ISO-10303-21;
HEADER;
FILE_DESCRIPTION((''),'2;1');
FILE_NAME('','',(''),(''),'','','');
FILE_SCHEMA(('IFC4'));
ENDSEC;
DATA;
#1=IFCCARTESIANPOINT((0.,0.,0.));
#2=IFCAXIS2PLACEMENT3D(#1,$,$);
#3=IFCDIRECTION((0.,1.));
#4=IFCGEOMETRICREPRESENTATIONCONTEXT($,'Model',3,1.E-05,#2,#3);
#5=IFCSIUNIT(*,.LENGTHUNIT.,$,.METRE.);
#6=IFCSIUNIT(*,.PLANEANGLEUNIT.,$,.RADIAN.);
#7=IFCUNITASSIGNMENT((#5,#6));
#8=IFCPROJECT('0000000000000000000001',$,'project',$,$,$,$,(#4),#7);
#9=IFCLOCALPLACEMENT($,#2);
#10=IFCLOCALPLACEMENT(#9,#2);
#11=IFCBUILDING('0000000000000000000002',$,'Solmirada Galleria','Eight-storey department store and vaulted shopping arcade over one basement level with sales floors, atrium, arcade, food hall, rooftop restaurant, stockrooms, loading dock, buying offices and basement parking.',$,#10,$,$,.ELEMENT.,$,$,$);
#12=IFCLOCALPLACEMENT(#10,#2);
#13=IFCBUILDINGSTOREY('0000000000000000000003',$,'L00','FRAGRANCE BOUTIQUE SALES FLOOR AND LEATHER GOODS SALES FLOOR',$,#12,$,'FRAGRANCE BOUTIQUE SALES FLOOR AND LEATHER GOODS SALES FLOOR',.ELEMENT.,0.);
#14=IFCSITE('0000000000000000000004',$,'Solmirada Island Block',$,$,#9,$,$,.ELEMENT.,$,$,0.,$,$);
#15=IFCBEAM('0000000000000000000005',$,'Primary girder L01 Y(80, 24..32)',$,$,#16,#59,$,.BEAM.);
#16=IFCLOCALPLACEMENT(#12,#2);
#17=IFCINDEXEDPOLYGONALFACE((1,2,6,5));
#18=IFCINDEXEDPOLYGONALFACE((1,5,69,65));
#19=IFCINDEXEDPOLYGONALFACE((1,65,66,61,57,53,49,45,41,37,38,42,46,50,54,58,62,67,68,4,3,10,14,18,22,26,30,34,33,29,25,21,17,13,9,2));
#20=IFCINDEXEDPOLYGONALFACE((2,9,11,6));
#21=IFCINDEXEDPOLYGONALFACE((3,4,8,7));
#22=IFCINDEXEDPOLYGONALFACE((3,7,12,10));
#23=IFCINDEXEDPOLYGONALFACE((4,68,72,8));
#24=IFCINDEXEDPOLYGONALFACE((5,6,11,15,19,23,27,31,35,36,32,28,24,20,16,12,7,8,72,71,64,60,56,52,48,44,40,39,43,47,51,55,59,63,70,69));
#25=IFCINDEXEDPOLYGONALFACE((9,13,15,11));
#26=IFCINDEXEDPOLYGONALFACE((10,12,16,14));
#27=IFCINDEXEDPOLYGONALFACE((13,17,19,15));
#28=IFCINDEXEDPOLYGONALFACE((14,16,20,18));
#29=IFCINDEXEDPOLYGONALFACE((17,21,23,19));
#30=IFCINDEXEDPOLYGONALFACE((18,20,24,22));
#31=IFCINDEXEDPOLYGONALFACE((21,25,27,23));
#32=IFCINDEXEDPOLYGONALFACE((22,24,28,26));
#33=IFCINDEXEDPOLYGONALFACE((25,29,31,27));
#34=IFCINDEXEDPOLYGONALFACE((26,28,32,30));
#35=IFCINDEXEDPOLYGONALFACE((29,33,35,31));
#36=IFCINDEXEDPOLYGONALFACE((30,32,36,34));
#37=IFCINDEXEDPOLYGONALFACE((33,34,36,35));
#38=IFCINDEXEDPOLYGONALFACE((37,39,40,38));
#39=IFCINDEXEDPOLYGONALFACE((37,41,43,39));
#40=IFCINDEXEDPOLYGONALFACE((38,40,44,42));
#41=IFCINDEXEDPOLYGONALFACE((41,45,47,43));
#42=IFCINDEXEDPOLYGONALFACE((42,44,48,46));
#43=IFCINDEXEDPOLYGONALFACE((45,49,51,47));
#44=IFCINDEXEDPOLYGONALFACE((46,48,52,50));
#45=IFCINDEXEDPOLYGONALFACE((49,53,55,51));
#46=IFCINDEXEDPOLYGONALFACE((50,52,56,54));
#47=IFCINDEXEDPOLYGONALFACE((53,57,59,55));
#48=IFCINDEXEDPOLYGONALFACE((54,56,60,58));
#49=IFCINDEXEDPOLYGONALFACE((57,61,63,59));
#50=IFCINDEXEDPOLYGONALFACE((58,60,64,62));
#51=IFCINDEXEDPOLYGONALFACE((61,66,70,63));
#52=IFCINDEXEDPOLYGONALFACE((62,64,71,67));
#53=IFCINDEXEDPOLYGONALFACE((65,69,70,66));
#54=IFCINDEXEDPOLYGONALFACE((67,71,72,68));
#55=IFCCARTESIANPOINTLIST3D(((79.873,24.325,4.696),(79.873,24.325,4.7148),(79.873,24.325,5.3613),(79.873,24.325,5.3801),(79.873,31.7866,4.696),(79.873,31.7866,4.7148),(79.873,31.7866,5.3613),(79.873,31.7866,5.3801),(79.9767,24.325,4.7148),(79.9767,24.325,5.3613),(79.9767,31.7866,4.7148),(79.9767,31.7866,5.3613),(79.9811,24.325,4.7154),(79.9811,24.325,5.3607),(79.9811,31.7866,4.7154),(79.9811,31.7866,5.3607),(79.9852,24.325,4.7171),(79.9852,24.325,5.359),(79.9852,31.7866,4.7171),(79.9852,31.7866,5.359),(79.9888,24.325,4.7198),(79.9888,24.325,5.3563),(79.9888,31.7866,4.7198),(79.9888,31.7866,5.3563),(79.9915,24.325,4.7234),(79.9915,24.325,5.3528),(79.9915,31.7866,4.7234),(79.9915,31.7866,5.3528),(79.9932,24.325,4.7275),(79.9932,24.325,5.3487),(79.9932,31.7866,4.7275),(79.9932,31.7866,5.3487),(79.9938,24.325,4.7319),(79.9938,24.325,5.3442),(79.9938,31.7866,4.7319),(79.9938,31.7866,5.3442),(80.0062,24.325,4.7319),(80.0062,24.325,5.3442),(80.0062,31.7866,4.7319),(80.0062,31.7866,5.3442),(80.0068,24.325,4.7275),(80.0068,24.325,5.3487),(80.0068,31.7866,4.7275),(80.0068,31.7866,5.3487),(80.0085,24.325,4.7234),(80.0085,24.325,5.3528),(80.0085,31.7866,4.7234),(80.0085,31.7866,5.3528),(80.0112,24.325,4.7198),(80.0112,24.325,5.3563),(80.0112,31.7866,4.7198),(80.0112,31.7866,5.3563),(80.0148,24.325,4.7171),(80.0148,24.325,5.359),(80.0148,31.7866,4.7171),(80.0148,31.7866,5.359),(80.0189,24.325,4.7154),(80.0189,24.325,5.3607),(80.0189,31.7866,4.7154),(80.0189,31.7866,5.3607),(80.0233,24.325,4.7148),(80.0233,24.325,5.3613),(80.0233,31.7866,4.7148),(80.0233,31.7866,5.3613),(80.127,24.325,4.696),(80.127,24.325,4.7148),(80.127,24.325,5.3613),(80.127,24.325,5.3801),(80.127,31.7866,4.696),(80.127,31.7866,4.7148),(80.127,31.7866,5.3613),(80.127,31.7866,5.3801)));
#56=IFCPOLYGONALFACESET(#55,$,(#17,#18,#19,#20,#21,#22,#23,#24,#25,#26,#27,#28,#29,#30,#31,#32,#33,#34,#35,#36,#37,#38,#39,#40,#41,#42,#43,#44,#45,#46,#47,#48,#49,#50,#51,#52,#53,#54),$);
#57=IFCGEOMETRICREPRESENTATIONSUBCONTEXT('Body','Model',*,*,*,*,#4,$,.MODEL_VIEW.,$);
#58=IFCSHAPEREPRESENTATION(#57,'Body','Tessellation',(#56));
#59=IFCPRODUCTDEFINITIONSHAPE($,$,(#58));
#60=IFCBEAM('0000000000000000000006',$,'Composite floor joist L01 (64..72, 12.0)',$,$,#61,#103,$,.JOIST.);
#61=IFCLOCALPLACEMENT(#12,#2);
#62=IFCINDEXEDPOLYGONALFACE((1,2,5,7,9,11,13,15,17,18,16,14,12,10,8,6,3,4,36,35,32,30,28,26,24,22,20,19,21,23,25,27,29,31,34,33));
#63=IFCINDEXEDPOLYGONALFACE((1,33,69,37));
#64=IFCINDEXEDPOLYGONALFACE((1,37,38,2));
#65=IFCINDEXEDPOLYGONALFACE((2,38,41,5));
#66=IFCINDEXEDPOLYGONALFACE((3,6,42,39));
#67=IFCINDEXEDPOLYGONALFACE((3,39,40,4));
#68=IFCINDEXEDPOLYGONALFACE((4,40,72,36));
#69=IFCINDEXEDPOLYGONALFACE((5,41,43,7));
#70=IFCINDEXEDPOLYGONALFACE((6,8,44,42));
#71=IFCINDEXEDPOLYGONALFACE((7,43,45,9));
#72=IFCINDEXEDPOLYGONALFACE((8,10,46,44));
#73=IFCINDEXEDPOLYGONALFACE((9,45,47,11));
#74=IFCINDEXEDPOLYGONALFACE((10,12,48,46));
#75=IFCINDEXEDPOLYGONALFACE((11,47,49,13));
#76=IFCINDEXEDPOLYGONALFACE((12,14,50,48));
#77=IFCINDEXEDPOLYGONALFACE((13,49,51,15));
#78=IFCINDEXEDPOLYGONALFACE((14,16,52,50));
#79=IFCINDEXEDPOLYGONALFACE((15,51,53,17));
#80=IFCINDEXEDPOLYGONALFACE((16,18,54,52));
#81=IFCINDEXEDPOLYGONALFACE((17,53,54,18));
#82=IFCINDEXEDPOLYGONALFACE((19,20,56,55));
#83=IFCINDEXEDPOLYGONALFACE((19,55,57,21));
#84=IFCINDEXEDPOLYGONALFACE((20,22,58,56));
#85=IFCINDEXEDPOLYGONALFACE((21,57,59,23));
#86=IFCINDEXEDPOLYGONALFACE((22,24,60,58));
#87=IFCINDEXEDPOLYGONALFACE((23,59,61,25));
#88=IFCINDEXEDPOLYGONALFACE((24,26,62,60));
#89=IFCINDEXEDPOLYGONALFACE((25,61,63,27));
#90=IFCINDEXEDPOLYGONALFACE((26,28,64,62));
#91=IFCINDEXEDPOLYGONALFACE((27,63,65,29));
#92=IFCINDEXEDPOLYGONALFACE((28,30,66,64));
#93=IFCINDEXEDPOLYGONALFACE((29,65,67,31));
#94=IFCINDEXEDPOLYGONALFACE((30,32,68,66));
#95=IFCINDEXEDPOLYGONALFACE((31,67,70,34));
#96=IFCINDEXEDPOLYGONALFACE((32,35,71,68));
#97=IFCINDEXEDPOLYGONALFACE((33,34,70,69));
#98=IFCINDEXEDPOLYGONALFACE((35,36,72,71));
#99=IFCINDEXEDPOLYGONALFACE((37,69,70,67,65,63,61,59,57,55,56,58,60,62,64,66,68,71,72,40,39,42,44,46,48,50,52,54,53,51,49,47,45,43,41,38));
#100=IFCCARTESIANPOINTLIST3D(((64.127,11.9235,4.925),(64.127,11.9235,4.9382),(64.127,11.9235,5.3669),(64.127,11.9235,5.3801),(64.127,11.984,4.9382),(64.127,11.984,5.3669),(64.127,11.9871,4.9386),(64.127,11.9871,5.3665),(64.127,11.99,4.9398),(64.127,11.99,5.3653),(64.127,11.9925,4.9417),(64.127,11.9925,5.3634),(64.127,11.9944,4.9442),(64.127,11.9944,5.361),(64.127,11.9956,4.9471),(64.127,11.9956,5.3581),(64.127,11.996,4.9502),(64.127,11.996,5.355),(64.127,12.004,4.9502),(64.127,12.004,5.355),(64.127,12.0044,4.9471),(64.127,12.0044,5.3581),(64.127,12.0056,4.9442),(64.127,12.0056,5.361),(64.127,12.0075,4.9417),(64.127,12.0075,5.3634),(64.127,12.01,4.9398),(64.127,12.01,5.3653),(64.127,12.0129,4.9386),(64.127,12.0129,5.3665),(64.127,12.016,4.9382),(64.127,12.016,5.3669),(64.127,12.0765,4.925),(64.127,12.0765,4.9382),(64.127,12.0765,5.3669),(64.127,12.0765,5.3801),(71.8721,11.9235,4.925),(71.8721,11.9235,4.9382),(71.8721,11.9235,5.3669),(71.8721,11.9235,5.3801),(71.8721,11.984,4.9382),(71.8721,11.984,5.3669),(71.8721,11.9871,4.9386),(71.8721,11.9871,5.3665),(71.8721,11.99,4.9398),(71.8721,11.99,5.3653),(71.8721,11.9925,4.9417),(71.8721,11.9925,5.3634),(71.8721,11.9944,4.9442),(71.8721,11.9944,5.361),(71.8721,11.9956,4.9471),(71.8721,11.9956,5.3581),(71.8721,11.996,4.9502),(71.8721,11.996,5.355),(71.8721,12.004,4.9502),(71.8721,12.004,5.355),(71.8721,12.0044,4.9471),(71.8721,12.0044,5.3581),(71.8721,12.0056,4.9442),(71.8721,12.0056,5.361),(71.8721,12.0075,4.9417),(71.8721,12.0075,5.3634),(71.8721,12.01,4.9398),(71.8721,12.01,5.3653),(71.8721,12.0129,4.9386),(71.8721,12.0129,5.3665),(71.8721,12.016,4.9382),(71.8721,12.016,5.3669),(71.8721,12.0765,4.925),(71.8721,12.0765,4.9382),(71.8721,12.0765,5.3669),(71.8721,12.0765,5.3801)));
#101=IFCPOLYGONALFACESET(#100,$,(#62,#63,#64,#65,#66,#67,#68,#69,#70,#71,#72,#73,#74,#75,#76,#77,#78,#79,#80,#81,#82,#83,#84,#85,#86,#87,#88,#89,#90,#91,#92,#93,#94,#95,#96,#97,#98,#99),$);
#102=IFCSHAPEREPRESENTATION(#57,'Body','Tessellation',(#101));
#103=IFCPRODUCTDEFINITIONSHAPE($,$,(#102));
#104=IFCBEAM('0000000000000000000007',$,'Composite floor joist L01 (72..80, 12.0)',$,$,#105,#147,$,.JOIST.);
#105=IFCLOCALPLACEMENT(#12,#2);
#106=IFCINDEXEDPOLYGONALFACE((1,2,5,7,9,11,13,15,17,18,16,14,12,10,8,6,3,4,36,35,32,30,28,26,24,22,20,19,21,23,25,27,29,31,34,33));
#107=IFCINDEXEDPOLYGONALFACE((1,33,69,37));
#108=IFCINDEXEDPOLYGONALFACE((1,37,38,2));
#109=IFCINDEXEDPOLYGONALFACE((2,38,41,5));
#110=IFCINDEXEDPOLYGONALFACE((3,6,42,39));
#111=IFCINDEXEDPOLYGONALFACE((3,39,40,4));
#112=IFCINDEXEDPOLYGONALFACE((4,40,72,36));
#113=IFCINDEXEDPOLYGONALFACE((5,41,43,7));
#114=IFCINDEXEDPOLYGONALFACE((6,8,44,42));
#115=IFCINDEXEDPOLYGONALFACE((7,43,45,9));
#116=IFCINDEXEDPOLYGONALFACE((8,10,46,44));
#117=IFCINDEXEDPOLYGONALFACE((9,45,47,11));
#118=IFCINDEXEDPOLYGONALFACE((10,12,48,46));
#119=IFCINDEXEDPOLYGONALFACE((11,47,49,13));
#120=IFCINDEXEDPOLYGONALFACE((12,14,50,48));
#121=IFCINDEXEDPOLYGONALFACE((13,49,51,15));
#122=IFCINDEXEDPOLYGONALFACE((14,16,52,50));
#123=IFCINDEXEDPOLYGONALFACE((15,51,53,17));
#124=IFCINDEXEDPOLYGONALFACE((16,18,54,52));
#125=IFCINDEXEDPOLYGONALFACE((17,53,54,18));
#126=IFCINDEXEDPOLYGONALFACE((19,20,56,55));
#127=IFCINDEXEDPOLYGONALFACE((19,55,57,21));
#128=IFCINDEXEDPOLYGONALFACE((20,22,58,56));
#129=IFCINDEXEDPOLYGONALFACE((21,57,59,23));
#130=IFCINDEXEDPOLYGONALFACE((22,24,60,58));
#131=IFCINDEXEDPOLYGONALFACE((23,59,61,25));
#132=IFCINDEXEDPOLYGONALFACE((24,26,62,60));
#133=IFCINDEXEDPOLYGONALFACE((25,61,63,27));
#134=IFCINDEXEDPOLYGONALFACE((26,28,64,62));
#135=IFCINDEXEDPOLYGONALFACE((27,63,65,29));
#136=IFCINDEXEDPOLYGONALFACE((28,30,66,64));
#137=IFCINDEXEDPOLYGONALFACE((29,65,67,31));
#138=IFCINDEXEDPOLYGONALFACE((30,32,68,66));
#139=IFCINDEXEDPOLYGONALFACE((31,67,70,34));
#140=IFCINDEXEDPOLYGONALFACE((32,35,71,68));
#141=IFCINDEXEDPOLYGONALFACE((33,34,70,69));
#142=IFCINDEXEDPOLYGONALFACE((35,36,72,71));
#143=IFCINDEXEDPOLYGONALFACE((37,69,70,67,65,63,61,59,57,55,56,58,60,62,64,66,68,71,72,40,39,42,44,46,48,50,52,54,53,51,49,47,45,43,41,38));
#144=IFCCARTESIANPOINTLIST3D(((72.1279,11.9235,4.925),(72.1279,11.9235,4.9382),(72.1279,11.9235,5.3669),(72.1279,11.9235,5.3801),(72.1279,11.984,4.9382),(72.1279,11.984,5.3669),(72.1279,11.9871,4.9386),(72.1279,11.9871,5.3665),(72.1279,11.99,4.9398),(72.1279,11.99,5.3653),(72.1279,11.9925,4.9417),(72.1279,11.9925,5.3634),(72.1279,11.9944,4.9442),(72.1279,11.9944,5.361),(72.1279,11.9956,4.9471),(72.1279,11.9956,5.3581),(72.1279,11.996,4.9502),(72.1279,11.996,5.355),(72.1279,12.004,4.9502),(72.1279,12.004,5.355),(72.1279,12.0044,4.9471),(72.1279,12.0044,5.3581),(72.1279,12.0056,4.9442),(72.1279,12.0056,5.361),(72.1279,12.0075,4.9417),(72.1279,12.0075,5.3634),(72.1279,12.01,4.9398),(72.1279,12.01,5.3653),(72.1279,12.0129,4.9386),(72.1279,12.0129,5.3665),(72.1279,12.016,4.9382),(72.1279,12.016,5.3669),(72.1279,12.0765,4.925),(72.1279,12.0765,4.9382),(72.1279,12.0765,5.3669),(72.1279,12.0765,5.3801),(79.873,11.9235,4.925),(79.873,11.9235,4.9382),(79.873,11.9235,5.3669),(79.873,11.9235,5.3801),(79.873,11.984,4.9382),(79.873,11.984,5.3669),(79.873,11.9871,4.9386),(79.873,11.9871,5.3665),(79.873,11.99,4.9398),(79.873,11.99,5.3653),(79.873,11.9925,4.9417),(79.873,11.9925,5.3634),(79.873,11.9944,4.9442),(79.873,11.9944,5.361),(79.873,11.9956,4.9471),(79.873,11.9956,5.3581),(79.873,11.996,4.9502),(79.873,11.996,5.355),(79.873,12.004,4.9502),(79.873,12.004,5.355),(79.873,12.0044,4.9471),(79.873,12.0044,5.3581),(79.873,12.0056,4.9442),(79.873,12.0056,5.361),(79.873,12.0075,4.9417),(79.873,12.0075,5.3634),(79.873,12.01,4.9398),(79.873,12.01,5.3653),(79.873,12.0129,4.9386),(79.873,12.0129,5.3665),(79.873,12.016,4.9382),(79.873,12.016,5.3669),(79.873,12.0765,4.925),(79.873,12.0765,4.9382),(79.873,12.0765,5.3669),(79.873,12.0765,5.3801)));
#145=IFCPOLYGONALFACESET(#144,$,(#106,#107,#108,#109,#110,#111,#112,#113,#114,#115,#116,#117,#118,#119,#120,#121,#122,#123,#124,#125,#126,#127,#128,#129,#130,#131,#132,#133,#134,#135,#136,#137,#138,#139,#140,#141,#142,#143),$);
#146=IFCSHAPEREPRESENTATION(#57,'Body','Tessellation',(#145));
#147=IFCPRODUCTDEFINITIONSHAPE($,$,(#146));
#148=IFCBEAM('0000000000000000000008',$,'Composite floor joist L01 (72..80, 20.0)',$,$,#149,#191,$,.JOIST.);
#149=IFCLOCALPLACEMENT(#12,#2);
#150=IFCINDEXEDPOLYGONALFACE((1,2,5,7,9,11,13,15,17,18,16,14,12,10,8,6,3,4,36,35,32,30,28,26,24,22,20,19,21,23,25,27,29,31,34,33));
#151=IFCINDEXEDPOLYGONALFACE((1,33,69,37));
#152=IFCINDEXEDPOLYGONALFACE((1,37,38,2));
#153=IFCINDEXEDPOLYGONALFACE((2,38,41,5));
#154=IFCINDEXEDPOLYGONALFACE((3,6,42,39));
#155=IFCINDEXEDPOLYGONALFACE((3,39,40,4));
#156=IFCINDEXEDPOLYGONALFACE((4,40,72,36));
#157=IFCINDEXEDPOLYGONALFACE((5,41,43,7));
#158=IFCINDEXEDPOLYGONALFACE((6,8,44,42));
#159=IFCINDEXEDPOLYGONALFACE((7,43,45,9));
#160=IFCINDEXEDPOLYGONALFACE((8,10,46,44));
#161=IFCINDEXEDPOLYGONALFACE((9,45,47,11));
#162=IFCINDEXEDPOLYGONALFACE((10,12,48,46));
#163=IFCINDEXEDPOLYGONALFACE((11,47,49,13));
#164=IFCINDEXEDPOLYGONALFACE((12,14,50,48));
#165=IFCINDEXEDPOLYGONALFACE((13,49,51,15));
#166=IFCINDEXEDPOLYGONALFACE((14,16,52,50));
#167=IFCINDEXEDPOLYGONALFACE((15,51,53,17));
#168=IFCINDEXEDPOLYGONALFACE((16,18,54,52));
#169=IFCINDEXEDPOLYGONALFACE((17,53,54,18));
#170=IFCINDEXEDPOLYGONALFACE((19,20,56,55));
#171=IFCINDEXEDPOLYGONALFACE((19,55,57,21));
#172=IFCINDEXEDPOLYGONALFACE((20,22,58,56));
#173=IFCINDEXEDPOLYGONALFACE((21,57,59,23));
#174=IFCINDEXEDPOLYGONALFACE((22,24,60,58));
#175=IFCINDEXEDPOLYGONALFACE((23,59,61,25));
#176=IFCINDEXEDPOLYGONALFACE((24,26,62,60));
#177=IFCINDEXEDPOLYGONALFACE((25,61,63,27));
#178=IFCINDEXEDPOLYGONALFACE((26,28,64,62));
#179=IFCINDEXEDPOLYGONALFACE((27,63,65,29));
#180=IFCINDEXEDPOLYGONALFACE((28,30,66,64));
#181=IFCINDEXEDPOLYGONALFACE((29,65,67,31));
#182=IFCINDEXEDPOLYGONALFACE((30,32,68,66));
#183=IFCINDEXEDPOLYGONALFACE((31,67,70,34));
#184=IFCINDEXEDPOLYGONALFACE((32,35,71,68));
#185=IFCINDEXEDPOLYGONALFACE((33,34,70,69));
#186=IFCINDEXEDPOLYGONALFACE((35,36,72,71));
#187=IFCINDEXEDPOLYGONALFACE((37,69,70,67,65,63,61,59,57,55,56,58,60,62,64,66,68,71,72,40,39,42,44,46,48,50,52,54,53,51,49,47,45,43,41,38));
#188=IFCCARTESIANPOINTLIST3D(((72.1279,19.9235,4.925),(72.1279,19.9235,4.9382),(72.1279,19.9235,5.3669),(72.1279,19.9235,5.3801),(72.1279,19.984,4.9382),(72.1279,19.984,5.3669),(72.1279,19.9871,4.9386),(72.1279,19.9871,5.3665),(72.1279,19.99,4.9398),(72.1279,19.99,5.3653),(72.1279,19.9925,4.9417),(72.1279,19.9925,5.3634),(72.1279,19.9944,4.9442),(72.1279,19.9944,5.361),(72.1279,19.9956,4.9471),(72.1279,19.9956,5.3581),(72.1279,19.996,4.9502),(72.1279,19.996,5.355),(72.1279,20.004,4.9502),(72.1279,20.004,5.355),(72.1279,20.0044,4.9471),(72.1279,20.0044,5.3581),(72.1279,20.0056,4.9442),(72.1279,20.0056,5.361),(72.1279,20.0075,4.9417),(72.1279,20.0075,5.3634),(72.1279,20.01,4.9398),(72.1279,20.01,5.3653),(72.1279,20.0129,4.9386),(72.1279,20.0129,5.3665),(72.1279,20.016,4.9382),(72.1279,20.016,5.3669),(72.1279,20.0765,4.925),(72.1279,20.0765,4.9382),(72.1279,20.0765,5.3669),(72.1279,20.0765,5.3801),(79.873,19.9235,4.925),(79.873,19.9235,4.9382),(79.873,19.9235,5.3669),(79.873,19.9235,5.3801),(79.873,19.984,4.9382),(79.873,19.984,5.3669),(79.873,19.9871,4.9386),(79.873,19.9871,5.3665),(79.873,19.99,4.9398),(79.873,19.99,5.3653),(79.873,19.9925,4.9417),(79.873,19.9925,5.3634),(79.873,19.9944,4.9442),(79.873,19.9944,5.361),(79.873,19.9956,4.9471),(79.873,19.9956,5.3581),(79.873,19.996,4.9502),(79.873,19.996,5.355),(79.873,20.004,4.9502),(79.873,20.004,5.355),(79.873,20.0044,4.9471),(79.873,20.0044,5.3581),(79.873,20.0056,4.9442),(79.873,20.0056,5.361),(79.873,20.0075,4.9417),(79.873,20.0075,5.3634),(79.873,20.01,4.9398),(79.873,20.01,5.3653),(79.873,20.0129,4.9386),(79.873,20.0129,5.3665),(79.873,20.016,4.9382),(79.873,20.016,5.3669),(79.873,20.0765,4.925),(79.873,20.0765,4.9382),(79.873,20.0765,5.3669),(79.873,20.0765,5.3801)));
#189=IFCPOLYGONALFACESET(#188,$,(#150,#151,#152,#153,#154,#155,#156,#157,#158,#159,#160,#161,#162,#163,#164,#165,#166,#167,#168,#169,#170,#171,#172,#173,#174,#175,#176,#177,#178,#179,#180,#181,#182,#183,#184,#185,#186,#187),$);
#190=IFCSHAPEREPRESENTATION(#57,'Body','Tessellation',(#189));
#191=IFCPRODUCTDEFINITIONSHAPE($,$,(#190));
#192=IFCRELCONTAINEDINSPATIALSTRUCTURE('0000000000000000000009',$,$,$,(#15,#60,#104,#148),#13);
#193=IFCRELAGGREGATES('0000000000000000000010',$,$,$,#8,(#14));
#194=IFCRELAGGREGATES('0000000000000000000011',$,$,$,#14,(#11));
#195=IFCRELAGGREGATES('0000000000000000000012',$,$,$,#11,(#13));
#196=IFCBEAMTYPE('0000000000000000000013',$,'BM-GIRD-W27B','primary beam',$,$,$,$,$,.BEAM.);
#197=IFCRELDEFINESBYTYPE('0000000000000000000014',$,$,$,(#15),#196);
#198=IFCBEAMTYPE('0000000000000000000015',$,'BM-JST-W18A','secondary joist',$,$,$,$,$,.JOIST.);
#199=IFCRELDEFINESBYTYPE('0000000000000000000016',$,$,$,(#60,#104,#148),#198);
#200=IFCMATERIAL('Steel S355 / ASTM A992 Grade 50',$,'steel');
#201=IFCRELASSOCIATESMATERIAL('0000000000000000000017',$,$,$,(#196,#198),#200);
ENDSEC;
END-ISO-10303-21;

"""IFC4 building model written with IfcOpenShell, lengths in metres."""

from ifc_helpers import new_model, si_unit, direction, frame, origin, origin_2d, place, context, subcontext, project, spatial, i_section, extrude, material, material_profile, profile_set, type_object, element, save


model = new_model("IFC4")

# Units and contexts
model_context = context("Model", 3, precision=1e-05, world=origin(), true_north=direction((0.0, 1.0)))
body_context = subcontext(model_context, "Body", "Model", "MODEL_VIEW")
ifc_project = project(units=[si_unit("LENGTHUNIT", "METRE"), si_unit("PLANEANGLEUNIT", "RADIAN")], contexts=[model_context])

# Site, building, storey
site_placement = place(None, origin())
site = spatial("IfcSite", under=ifc_project, at=site_placement, Name="Solmirada Island Block", CompositionType="ELEMENT", RefElevation=0.0)
building_placement = place(site_placement, origin())
building = spatial("IfcBuilding", under=site, at=building_placement, Name="Solmirada Galleria", Description="Eight-storey department store and vaulted shopping arcade over one basement level with sales floors, atrium, arcade, food hall, rooftop restaurant, stockrooms, loading dock, buying offices and basement parking.", CompositionType="ELEMENT")
storey_placement = place(building_placement, origin())
storey = spatial("IfcBuildingStorey", under=building, at=storey_placement, Name="L00", Description="FRAGRANCE BOUTIQUE SALES FLOOR AND LEATHER GOODS SALES FLOOR", LongName="FRAGRANCE BOUTIQUE SALES FLOOR AND LEATHER GOODS SALES FLOOR", CompositionType="ELEMENT", Elevation=0.0)

# Beams
ifc_material_1 = material(Name="Steel S355 / ASTM A992 Grade 50", Category="steel")
ifc_material_profile_1 = material_profile(ifc_material_1, i_section(OverallWidth=0.2539, OverallDepth=0.6841, WebThickness=0.0125, FlangeThickness=0.0188, FilletRadius=0.0171, at=origin_2d()), Name="W27X94")
ifc_profile_set_1 = profile_set([ifc_material_profile_1], Name="Steel S355 / ASTM A992 Grade 50")
beam_type_1 = type_object("IfcBeamType", Name="BM-GIRD-W27B", Description="primary beam", PredefinedType="BEAM", material=ifc_profile_set_1)
beam_1_placement = place(storey_placement, frame((80.0, 24.325, 5.0381), z_axis=(0.0, 1.0, 0.0), x_axis=(-1.0, 0.0, 0.0)))
element("IfcBeam", 1, at=beam_1_placement, inside=storey, type_object=beam_type_1, Name="Primary girder L01 Y(80, 24..32)", PredefinedType="BEAM", context=body_context, shape_type="SweptSolid", body=[
    extrude(i_section(OverallWidth=0.2539, OverallDepth=0.6841, WebThickness=0.0125, FlangeThickness=0.0188, FilletRadius=0.0171, at=origin_2d()), origin(), (0.0, 0.0, 1.0), 7.4617),
])
ifc_material_profile_2 = material_profile(ifc_material_1, i_section(OverallWidth=0.1531, OverallDepth=0.4551, WebThickness=0.0081, FlangeThickness=0.0132, FilletRadius=0.012, at=origin_2d()), Name="W18X40")
ifc_profile_set_2 = profile_set([ifc_material_profile_2], Name="Steel S355 / ASTM A992 Grade 50")
beam_type_2 = type_object("IfcBeamType", Name="BM-JST-W18A", Description="secondary joist", PredefinedType="JOIST", material=ifc_profile_set_2)
for number, where, z_axis, x_axis, name in (
    (2, (64.127, 12.0, 5.1526), (1.0, 0.0, 0.0), (0.0, 1.0, 0.0), "Composite floor joist L01 (64..72, 12.0)"),
    (3, (72.1279, 12.0, 5.1526), (1.0, 0.0, 0.0), (0.0, 1.0, 0.0), "Composite floor joist L01 (72..80, 12.0)"),
    (4, (72.1279, 20.0, 5.1526), (1.0, 0.0, 0.0), (0.0, 1.0, 0.0), "Composite floor joist L01 (72..80, 20.0)"),
):
    element("IfcBeam", number, at=place(storey_placement, frame(where, z_axis=z_axis, x_axis=x_axis)), inside=storey, type_object=beam_type_2, Name=name, PredefinedType="JOIST", context=body_context, shape_type="SweptSolid", body=[
        extrude(i_section(OverallWidth=0.1531, OverallDepth=0.4551, WebThickness=0.0081, FlangeThickness=0.0132, FilletRadius=0.012, at=origin_2d()), origin(), (0.0, 0.0, 1.0), 7.7451),
    ])

save(model, "model.ifc")
